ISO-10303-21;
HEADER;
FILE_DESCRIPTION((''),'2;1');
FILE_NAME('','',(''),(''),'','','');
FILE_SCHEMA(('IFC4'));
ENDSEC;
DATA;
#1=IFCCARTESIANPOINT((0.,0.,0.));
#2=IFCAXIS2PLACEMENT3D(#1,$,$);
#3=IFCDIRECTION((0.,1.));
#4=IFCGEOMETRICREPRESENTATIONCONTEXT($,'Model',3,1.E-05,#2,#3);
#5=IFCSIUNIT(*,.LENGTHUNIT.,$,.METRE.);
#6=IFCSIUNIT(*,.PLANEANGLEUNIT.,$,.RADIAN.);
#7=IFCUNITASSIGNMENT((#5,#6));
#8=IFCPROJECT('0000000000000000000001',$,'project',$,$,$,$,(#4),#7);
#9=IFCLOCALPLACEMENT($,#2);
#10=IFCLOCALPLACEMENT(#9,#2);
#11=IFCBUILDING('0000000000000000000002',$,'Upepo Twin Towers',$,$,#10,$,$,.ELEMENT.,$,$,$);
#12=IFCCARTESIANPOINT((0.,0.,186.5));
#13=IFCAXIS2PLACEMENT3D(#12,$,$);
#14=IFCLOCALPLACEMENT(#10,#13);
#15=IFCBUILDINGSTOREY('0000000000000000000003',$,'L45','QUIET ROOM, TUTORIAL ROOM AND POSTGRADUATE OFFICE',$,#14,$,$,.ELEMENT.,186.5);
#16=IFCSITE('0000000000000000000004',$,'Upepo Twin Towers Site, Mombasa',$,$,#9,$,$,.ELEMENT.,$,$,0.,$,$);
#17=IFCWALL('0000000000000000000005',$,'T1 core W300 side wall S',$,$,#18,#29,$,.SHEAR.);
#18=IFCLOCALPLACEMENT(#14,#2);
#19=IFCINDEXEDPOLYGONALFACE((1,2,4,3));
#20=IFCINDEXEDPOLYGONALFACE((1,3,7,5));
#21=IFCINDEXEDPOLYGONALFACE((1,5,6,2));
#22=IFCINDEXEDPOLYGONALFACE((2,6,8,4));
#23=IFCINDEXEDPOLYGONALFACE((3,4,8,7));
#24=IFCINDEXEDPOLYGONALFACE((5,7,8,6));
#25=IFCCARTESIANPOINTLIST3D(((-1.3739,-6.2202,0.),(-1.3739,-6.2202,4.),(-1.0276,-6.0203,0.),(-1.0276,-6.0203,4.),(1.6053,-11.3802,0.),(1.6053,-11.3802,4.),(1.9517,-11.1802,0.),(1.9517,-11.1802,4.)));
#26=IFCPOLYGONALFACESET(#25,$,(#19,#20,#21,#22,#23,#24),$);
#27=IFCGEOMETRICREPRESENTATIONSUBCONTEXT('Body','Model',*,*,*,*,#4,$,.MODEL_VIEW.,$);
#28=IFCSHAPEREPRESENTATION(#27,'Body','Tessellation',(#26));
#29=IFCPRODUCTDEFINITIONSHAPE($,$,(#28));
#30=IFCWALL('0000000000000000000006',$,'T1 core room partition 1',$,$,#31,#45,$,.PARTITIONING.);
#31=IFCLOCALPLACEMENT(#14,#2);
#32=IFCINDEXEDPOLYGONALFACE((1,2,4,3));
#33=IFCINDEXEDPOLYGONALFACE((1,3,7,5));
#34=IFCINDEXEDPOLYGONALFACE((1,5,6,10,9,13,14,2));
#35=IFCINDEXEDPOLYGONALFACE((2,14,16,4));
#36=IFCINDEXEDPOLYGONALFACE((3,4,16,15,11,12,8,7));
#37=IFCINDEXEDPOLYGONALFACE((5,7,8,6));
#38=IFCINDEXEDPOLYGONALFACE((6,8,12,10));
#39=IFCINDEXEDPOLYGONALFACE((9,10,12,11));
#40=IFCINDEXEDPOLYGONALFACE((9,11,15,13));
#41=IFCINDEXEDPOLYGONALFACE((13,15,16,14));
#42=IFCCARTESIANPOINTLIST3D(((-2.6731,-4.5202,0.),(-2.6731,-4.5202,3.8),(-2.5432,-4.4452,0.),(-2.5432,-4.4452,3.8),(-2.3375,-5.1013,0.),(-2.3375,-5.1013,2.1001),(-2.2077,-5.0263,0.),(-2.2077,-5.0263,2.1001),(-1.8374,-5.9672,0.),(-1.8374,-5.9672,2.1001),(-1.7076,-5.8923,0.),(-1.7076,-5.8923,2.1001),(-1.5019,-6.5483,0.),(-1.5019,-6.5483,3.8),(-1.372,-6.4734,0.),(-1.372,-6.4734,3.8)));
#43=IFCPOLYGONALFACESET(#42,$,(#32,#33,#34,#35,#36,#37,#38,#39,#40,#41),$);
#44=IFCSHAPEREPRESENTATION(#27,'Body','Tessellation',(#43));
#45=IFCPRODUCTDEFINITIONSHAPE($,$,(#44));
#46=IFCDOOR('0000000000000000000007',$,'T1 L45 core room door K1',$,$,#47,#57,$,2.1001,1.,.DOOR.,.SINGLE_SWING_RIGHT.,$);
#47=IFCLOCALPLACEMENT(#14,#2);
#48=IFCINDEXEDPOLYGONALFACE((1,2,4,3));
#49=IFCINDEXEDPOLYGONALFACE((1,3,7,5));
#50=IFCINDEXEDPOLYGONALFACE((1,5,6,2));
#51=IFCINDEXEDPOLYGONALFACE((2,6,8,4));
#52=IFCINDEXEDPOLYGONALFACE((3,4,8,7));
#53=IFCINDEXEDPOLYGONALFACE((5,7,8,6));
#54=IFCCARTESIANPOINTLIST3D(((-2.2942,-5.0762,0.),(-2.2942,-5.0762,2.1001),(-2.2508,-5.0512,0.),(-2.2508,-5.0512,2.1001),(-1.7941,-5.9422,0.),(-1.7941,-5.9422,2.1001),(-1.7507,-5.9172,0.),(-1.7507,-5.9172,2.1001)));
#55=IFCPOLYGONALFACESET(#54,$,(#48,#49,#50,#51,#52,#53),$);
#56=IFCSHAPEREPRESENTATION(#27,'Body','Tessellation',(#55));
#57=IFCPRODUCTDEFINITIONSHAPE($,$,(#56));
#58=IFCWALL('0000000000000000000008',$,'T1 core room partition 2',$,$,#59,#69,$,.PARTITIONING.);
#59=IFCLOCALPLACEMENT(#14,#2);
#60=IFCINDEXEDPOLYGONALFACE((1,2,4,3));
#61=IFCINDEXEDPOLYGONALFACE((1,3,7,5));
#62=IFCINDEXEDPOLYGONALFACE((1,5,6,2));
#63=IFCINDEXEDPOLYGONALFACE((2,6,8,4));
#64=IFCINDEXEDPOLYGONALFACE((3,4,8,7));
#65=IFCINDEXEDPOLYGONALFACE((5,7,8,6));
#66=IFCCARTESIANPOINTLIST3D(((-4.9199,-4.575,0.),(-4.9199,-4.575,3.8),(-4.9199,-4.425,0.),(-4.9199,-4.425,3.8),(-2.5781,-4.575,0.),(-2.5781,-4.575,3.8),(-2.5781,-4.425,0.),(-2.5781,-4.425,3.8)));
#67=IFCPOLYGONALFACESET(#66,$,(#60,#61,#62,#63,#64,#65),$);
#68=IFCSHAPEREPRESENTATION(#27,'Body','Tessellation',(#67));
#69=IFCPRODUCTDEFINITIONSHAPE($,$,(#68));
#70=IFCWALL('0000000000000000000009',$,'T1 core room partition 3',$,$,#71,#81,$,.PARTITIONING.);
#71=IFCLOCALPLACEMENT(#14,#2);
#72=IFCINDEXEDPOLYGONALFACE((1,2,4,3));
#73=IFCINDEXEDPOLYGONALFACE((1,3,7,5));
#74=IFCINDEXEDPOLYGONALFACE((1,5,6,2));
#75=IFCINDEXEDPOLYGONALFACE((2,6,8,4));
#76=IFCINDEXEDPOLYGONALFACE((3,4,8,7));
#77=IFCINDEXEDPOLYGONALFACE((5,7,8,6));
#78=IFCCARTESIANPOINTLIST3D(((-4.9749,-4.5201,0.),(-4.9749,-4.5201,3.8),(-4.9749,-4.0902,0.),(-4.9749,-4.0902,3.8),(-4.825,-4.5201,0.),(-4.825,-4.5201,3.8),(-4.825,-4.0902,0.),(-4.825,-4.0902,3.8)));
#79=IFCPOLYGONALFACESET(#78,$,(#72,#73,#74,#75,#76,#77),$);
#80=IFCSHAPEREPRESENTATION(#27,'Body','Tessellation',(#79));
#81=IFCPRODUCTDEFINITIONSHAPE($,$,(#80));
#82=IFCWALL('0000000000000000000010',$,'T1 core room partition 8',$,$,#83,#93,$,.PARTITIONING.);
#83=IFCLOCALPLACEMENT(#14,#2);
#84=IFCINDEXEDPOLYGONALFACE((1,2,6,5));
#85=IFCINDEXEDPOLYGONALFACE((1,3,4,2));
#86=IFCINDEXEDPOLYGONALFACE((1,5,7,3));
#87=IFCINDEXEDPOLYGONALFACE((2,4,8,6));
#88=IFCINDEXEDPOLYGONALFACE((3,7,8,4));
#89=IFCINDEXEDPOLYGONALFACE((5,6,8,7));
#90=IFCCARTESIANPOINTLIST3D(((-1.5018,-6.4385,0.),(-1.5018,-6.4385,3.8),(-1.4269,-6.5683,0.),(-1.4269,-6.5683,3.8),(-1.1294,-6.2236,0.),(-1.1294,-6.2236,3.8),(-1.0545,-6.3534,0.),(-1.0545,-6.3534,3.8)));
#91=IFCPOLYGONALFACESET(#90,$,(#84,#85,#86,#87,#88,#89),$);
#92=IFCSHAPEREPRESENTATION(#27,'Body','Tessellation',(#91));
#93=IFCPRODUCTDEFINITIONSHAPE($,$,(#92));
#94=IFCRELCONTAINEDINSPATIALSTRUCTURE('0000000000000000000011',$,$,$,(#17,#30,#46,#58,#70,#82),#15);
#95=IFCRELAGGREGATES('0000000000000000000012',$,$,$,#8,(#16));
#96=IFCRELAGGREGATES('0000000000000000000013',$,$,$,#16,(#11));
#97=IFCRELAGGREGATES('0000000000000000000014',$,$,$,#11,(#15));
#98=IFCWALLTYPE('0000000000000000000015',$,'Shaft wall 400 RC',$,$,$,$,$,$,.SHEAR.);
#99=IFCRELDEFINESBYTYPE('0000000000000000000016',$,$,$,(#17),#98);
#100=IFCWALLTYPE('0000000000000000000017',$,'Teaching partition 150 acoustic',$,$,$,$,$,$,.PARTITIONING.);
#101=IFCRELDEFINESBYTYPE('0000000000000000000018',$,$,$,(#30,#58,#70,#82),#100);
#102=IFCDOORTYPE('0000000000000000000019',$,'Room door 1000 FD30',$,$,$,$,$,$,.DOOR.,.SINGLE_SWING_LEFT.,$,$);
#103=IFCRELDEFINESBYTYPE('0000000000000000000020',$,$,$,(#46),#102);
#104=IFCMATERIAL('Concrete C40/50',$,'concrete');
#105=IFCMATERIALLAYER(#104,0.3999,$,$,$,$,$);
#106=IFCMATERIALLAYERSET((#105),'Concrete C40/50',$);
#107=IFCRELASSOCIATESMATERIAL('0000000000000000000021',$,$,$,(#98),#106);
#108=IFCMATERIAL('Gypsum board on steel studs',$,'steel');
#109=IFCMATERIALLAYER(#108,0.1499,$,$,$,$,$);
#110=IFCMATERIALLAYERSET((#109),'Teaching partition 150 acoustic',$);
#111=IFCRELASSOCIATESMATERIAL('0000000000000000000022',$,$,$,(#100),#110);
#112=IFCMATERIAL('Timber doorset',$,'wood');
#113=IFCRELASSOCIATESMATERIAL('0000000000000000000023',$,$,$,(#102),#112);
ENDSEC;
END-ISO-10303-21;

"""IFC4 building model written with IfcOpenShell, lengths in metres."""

from ifc_helpers import new_model, si_unit, direction, frame, frame_2d, origin, place, context, subcontext, project, spatial, rectangle, extrude, material, layer, layer_set, type_object, element, fill, save


model = new_model("IFC4")

# Units and contexts
model_context = context("Model", 3, precision=1e-05, world=origin(), true_north=direction((0.0, 1.0)))
body_context = subcontext(model_context, "Body", "Model", "MODEL_VIEW")
ifc_project = project(units=[si_unit("LENGTHUNIT", "METRE"), si_unit("PLANEANGLEUNIT", "RADIAN")], contexts=[model_context])

# Site, building, storey
site_placement = place(None, origin())
site = spatial("IfcSite", under=ifc_project, at=site_placement, Name="Upepo Twin Towers Site, Mombasa", CompositionType="ELEMENT", RefElevation=0.0)
building_placement = place(site_placement, origin())
building = spatial("IfcBuilding", under=site, at=building_placement, Name="Upepo Twin Towers", CompositionType="ELEMENT")
storey_placement = place(building_placement, frame((0.0, 0.0, 186.5)))
storey = spatial("IfcBuildingStorey", under=building, at=storey_placement, Name="L45", Description="QUIET ROOM, TUTORIAL ROOM AND POSTGRADUATE OFFICE", CompositionType="ELEMENT", Elevation=186.5)

# Wall
ifc_material_1 = material(Name="Concrete C40/50", Category="concrete")
ifc_layer_1 = layer(ifc_material_1, 0.3999)
ifc_layer_set_1 = layer_set([ifc_layer_1], Name="Concrete C40/50")
wall_type_1 = type_object("IfcWallType", Name="Shaft wall 400 RC", PredefinedType="SHEAR", material=ifc_layer_set_1)
wall_1_placement = place(storey_placement, frame((-1.2007, -6.1204, 0.0), z_axis=(0.0, 0.0, 1.0), x_axis=(0.500022, -0.866013, 0.0)))
element("IfcWall", 1, at=wall_1_placement, inside=storey, type_object=wall_type_1, Name="T1 core W300 side wall S", PredefinedType="SHEAR", context=body_context, shape_type="SweptSolid", body=[
    extrude(rectangle(XDim=5.9583, YDim=0.3999, at=frame_2d((2.979, 0.0))), origin(), (0.0, 0.0, 1.0), 4.0),
])

# Wall, opening, door
ifc_material_2 = material(Name="Gypsum board on steel studs", Category="steel")
ifc_layer_2 = layer(ifc_material_2, 0.1499)
ifc_layer_set_2 = layer_set([ifc_layer_2], Name="Teaching partition 150 acoustic")
wall_type_2 = type_object("IfcWallType", Name="Teaching partition 150 acoustic", PredefinedType="PARTITIONING", material=ifc_layer_set_2)
wall_2_placement = place(storey_placement, frame((-1.437, -6.5107, 0.0), z_axis=(0.0, 0.0, 1.0), x_axis=(-0.500074, 0.865982, 0.0)))
wall_2 = element("IfcWall", 2, at=wall_2_placement, inside=storey, type_object=wall_type_2, Name="T1 core room partition 1", PredefinedType="PARTITIONING", context=body_context, shape_type="SweptSolid", body=[
    extrude(rectangle(XDim=2.342, YDim=0.1499, at=frame_2d((1.1709, 0.0))), origin(), (0.0, 0.0, 1.0), 3.8),
])
opening_1_placement = place(wall_2_placement, frame((0.6709, 0.0, 0.0)))
opening_1 = element("IfcOpeningElement", 3, at=opening_1_placement, cuts=wall_2, PredefinedType="OPENING", context=body_context, shape_type="SweptSolid", body=[
    extrude(rectangle(XDim=1.0, YDim=2.1001, at=frame_2d((0.5, 1.05))), frame((0.0, 0.085, 0.0), z_axis=(0.0, -1.0, 0.0), x_axis=(1.0, 0.0, 0.0)), (0.0, 0.0, 1.0), 0.1699),
])
ifc_material_3 = material(Name="Timber doorset", Category="wood")
door_type_1 = type_object("IfcDoorType", Name="Room door 1000 FD30", OperationType="SINGLE_SWING_LEFT", PredefinedType="DOOR", material=ifc_material_3)
door_1_placement = place(opening_1_placement, origin())
door_1 = element("IfcDoor", 4, at=door_1_placement, inside=storey, type_object=door_type_1, Name="T1 L45 core room door K1", OperationType="SINGLE_SWING_RIGHT", OverallHeight=2.1001, OverallWidth=1.0, PredefinedType="DOOR", context=body_context, shape_type="SweptSolid", body=[
    extrude(rectangle(XDim=1.0, YDim=2.1001, at=frame_2d((0.5, 1.05))), frame((0.0, 0.0249, 0.0), z_axis=(0.0, -1.0, 0.0), x_axis=(1.0, 0.0, 0.0)), (0.0, 0.0, 1.0), 0.05),
])
fill(opening_1, door_1)

# Walls
wall_3_placement = place(storey_placement, frame((-2.5781, -4.5, 0.0), z_axis=(0.0, 0.0, 1.0), x_axis=(-1.0, 0.0, 0.0)))
element("IfcWall", 5, at=wall_3_placement, inside=storey, type_object=wall_type_2, Name="T1 core room partition 2", PredefinedType="PARTITIONING", context=body_context, shape_type="SweptSolid", body=[
    extrude(rectangle(XDim=2.3418, YDim=0.1499, at=frame_2d((1.1709, 0.0))), origin(), (0.0, 0.0, 1.0), 3.8),
])
for number, where, z_axis, x_axis, name in (
    (6, (-4.8999, -4.52, 0.0), (0.0, 0.0, 1.0), (0.0, 1.0, 0.0), "T1 core room partition 3"),
    (7, (-1.092, -6.2886, 0.0), (0.0, 0.0, 1.0), (-0.866138, -0.499804, 0.0), "T1 core room partition 8"),
):
    element("IfcWall", number, at=place(storey_placement, frame(where, z_axis=z_axis, x_axis=x_axis)), inside=storey, type_object=wall_type_2, Name=name, PredefinedType="PARTITIONING", context=body_context, shape_type="SweptSolid", body=[
        extrude(rectangle(XDim=0.4299, YDim=0.1499, at=frame_2d((0.2148, 0.0))), origin(), (0.0, 0.0, 1.0), 3.8),
    ])

save(model, "model.ifc")
